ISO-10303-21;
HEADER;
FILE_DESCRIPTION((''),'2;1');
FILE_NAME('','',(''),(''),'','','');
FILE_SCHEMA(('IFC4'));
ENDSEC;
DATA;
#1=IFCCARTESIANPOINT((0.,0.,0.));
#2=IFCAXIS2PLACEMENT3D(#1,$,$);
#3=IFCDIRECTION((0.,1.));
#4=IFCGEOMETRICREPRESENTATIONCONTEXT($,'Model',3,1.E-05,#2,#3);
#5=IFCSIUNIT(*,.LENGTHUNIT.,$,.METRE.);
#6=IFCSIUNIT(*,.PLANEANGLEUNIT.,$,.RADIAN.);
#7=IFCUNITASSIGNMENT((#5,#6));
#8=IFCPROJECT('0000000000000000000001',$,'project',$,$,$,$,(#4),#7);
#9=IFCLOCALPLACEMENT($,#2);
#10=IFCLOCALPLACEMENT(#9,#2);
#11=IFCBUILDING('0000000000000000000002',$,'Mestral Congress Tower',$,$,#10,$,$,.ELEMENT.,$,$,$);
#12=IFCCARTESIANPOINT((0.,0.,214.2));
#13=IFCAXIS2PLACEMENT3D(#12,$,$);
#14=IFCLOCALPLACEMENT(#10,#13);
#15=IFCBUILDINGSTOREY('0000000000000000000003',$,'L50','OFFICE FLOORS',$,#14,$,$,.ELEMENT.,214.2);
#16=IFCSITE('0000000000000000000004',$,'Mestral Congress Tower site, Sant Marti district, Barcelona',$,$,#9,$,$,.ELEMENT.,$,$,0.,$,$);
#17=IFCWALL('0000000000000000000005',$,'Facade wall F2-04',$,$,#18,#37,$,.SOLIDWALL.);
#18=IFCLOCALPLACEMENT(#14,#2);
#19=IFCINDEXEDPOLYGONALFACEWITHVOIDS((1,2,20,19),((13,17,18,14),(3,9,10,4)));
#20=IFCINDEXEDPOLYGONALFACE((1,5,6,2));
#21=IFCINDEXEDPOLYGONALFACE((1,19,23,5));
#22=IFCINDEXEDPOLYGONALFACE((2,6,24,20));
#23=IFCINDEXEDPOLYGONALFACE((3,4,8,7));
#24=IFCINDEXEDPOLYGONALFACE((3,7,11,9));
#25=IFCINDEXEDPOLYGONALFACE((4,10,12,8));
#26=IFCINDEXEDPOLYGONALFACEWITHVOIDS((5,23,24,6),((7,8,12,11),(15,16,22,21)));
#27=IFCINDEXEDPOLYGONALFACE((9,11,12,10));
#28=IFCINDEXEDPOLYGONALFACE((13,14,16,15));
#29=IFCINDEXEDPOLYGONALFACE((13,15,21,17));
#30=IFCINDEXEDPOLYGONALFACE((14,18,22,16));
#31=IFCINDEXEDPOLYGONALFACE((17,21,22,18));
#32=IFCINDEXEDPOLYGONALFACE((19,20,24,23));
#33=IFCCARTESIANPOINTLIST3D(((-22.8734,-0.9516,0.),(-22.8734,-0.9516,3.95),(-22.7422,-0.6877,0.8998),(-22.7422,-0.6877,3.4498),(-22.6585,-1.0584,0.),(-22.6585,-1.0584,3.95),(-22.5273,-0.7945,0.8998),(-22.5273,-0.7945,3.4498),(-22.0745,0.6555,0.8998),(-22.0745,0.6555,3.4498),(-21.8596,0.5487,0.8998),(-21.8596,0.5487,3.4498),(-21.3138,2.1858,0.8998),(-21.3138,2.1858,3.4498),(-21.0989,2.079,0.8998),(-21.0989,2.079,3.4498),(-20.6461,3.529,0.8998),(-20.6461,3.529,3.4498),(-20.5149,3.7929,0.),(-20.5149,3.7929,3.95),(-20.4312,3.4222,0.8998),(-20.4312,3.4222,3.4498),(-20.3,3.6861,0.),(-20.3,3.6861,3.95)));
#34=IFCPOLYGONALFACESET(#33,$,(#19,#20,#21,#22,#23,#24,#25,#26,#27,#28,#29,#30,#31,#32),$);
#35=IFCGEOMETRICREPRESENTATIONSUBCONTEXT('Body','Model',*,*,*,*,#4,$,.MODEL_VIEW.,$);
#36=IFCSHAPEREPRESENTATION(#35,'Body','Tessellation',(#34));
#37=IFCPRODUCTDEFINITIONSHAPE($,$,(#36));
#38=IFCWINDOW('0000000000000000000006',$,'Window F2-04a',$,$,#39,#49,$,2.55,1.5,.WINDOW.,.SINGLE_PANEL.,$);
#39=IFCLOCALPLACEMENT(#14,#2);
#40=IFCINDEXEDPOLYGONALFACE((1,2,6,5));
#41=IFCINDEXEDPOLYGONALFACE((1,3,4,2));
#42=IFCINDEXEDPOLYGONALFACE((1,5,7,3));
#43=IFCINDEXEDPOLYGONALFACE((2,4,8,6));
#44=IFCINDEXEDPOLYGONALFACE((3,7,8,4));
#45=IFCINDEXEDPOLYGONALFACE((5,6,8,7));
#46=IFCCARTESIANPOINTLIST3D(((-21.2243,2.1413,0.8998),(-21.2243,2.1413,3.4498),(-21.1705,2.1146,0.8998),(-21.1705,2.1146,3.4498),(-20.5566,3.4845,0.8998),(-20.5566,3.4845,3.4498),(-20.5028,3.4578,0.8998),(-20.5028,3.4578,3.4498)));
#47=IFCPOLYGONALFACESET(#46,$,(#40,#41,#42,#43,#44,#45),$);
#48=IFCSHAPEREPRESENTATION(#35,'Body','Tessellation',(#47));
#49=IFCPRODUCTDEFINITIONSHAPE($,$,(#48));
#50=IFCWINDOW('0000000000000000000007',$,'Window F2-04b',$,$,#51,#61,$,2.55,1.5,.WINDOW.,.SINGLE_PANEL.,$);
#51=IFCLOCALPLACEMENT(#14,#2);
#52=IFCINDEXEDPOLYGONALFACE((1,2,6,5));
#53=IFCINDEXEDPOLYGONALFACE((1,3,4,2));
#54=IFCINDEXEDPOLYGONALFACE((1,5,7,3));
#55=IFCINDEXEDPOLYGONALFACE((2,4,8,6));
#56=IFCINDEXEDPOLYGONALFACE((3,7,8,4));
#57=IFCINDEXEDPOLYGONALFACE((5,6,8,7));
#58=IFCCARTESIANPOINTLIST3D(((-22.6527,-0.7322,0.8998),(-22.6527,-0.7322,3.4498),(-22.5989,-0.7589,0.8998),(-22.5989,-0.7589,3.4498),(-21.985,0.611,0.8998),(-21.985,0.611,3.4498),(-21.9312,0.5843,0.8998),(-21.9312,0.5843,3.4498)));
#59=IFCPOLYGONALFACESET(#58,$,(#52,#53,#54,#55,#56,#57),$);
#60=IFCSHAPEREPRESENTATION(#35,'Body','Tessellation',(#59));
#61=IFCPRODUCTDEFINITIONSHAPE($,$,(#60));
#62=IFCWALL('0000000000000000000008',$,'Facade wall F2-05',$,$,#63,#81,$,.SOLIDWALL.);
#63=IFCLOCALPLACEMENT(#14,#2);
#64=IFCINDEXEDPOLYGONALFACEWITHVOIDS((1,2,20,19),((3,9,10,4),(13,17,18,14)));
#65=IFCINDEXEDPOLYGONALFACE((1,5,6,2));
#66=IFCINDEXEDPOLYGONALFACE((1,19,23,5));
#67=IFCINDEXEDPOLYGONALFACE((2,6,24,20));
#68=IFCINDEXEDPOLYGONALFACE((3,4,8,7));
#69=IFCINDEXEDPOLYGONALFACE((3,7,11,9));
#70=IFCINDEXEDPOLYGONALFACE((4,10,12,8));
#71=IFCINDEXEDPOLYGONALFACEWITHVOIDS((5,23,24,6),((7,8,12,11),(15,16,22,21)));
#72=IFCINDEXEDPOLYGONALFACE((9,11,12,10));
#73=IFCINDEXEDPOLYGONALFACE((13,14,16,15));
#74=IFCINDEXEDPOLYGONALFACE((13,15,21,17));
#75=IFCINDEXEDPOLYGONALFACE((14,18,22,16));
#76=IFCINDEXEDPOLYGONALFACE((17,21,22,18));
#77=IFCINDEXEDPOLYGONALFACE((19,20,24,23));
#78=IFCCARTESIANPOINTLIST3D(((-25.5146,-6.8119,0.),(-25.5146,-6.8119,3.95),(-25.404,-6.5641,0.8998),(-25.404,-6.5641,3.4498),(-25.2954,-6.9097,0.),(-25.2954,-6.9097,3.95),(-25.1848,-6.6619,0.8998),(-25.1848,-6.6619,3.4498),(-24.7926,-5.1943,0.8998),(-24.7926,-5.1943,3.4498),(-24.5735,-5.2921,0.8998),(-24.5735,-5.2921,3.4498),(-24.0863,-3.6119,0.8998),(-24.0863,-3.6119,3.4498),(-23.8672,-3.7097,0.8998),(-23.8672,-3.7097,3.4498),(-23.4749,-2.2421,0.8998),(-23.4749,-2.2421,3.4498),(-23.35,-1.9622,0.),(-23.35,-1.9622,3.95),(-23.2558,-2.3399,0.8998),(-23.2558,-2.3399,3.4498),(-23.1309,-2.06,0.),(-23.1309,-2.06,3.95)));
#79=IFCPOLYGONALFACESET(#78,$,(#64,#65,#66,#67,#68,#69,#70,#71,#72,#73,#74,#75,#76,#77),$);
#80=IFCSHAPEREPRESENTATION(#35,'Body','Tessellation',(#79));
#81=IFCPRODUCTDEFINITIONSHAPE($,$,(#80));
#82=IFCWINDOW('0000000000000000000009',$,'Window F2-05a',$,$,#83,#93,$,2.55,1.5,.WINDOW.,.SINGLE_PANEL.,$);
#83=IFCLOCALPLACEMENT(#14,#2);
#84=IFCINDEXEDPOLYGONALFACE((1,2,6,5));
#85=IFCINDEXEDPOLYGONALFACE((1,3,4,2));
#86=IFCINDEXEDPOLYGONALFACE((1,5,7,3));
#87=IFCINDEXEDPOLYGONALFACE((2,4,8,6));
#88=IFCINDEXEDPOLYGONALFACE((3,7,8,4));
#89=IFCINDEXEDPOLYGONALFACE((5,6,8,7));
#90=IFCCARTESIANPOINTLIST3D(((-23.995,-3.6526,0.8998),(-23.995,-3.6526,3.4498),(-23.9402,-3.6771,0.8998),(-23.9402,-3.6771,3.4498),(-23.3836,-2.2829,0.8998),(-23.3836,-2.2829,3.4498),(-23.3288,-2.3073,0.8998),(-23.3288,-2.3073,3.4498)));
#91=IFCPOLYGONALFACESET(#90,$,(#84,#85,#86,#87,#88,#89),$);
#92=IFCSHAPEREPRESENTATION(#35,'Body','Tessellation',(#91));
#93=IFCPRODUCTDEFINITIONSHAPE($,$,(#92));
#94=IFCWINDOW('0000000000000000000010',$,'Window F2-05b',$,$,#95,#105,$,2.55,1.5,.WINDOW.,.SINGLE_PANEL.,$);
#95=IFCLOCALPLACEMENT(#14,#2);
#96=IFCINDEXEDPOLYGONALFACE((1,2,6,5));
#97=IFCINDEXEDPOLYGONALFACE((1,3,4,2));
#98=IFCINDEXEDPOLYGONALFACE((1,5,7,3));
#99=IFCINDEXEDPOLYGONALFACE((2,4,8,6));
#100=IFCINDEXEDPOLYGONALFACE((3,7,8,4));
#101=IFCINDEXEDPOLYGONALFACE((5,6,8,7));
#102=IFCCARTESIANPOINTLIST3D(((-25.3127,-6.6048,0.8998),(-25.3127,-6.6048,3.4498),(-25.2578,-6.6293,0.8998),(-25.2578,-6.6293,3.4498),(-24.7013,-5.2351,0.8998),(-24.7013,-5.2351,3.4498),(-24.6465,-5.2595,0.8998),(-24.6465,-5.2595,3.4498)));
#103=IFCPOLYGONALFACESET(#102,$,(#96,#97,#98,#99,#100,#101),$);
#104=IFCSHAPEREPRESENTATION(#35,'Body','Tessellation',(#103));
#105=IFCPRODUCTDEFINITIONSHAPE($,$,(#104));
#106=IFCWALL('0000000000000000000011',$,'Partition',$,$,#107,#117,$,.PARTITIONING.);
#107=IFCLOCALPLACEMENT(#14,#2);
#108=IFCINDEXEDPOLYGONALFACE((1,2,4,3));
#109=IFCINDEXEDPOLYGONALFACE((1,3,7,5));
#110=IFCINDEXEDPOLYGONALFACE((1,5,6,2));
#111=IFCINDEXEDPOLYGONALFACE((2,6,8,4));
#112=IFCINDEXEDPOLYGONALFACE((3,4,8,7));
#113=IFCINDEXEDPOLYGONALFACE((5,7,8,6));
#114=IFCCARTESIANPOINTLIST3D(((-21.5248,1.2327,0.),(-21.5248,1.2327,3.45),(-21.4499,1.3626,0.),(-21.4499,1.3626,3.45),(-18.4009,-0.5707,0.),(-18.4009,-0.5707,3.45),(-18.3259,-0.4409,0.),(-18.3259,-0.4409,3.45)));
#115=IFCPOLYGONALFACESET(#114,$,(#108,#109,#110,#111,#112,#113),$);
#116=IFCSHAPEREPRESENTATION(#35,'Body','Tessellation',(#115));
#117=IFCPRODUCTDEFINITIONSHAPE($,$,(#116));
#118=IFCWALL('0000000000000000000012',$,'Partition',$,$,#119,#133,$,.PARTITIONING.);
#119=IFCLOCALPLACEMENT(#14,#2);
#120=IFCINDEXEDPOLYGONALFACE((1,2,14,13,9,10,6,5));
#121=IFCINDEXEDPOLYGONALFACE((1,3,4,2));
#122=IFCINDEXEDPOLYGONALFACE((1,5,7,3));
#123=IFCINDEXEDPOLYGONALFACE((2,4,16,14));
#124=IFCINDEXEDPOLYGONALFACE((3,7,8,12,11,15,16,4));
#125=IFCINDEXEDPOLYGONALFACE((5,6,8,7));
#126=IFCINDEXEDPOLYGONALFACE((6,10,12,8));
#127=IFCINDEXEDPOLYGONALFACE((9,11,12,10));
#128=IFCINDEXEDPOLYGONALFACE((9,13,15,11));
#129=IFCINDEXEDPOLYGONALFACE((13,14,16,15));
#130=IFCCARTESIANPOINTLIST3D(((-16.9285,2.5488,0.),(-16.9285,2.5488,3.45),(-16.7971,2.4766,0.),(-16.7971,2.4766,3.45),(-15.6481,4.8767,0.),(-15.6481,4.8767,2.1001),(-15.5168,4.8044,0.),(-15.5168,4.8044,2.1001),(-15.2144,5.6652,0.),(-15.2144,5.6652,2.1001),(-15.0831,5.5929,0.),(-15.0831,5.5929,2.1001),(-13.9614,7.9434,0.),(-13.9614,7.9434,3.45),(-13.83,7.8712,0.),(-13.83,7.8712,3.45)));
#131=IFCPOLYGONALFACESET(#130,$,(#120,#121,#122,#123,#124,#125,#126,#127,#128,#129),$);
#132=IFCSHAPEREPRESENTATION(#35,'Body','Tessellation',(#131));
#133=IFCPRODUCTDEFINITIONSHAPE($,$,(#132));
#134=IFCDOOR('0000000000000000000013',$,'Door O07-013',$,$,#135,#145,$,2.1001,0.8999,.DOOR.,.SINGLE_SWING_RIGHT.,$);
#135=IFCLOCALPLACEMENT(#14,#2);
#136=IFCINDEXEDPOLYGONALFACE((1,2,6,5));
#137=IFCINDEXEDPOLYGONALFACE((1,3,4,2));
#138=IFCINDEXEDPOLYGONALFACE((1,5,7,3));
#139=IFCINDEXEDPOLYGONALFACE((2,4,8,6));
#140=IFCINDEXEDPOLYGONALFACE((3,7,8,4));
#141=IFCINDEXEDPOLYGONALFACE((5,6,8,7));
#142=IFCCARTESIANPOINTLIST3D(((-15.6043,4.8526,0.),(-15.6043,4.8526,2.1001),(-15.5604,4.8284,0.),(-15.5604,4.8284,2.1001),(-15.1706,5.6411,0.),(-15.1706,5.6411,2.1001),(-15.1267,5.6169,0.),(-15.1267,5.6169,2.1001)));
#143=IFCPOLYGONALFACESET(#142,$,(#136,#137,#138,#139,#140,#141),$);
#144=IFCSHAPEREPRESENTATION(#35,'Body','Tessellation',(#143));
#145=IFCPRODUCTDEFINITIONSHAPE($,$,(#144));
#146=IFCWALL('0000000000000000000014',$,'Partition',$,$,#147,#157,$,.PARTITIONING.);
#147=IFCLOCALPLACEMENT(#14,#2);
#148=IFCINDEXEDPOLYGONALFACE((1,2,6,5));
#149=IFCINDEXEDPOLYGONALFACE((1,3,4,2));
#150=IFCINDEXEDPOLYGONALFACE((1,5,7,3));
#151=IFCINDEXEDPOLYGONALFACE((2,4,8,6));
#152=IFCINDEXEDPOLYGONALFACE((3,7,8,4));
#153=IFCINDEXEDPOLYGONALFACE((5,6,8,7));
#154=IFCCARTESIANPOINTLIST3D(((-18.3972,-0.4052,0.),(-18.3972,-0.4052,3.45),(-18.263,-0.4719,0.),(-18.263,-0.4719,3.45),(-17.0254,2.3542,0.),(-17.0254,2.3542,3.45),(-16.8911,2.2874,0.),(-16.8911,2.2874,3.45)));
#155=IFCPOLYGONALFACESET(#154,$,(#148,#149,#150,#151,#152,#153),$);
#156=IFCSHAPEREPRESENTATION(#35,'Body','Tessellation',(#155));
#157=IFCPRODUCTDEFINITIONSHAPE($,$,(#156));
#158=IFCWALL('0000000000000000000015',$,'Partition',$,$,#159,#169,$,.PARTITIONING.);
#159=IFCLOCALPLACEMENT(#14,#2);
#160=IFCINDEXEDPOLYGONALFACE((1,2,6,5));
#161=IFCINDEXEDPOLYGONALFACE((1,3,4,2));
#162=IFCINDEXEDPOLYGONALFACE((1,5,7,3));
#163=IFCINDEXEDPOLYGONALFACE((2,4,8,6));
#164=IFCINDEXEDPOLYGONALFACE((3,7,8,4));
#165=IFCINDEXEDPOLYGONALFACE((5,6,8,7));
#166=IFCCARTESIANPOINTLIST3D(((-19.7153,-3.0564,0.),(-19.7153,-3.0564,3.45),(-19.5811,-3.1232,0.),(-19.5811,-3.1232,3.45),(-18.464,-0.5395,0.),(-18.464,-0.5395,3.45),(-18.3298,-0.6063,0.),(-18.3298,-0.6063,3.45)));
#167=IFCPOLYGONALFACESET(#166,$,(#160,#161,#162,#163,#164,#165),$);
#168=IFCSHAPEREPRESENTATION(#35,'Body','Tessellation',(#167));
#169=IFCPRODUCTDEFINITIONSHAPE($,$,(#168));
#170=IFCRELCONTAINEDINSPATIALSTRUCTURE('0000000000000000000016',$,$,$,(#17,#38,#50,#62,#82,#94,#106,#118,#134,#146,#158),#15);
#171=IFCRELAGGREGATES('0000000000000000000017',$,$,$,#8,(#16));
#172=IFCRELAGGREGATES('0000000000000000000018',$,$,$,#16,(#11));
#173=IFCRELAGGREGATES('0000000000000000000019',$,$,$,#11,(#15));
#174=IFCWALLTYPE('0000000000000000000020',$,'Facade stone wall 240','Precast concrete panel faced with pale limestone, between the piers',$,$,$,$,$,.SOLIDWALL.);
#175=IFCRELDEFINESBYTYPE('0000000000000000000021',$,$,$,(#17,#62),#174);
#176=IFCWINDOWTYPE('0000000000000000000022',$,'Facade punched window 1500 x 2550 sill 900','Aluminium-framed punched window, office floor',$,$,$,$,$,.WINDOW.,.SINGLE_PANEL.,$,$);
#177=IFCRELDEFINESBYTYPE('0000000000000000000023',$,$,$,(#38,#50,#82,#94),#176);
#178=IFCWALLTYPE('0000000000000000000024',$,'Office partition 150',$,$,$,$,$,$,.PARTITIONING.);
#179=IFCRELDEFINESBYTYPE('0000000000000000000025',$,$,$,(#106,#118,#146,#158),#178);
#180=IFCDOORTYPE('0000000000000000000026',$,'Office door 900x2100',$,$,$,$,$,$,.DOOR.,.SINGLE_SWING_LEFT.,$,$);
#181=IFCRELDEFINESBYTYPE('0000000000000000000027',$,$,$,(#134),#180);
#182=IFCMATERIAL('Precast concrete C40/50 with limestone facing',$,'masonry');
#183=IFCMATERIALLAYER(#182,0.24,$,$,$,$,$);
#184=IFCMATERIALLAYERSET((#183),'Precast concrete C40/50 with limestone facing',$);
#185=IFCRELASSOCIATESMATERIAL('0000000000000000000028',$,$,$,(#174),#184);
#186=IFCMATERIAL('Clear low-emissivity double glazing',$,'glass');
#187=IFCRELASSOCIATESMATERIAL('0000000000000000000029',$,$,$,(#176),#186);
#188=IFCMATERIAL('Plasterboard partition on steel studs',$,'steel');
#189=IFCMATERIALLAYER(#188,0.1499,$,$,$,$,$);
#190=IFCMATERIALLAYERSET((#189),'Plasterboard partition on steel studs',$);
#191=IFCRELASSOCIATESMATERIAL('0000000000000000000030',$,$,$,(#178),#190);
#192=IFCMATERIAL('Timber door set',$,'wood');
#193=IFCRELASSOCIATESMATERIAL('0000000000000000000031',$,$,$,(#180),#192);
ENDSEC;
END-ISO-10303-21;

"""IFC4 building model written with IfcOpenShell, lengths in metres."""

from ifc_helpers import new_model, si_unit, direction, frame, frame_2d, origin, place, context, subcontext, project, spatial, rectangle, extrude, material, layer, layer_set, type_object, element, fill, save


model = new_model("IFC4")

# Units and contexts
model_context = context("Model", 3, precision=1e-05, world=origin(), true_north=direction((0.0, 1.0)))
body_context = subcontext(model_context, "Body", "Model", "MODEL_VIEW")
ifc_project = project(units=[si_unit("LENGTHUNIT", "METRE"), si_unit("PLANEANGLEUNIT", "RADIAN")], contexts=[model_context])

# Site, building, storey
site_placement = place(None, origin())
site = spatial("IfcSite", under=ifc_project, at=site_placement, Name="Mestral Congress Tower site, Sant Marti district, Barcelona", CompositionType="ELEMENT", RefElevation=0.0)
building_placement = place(site_placement, origin())
building = spatial("IfcBuilding", under=site, at=building_placement, Name="Mestral Congress Tower", CompositionType="ELEMENT")
storey_placement = place(building_placement, frame((0.0, 0.0, 214.2)))
storey = spatial("IfcBuildingStorey", under=building, at=storey_placement, Name="L50", Description="OFFICE FLOORS", CompositionType="ELEMENT", Elevation=214.2)

# Walls, openings, windows
ifc_material_1 = material(Name="Precast concrete C40/50 with limestone facing", Category="masonry")
ifc_layer_1 = layer(ifc_material_1, 0.24)
ifc_layer_set_1 = layer_set([ifc_layer_1], Name="Precast concrete C40/50 with limestone facing")
wall_type_1 = type_object("IfcWallType", Name="Facade stone wall 240", Description="Precast concrete panel faced with pale limestone, between the piers", PredefinedType="SOLIDWALL", material=ifc_layer_set_1)
ifc_material_2 = material(Name="Clear low-emissivity double glazing", Category="glass")
window_type = type_object("IfcWindowType", Name="Facade punched window 1500 x 2550 sill 900", Description="Aluminium-framed punched window, office floor", PartitioningType="SINGLE_PANEL", PredefinedType="WINDOW", material=ifc_material_2)
wall_1_placement = place(storey_placement, frame((-20.4075, 3.7395, 0.0), z_axis=(0.0, 0.0, 1.0), x_axis=(-0.44513, -0.895466, 0.0)))
wall_1 = element("IfcWall", 1, at=wall_1_placement, inside=storey, type_object=wall_type_1, Name="Facade wall F2-04", PredefinedType="SOLIDWALL", context=body_context, shape_type="SweptSolid", body=[
    extrude(rectangle(XDim=5.2983, YDim=0.24, at=frame_2d((2.6492, 0.0))), origin(), (0.0, 0.0, 1.0), 3.95),
])
opening_1_placement = place(wall_1_placement, frame((0.2947, 0.0, 0.8999)))
opening_1 = element("IfcOpeningElement", 2, at=opening_1_placement, cuts=wall_1, PredefinedType="OPENING", context=body_context, shape_type="SweptSolid", body=[
    extrude(rectangle(XDim=1.5, YDim=2.55, at=frame_2d((0.75, 1.2749))), frame((0.0, 0.1299, 0.0), z_axis=(0.0, -1.0, 0.0), x_axis=(1.0, 0.0, 0.0)), (0.0, 0.0, 1.0), 0.26),
])
opening_2_placement = place(wall_1_placement, frame((3.5037, 0.0, 0.8999)))
opening_2 = element("IfcOpeningElement", 3, at=opening_2_placement, cuts=wall_1, PredefinedType="OPENING", context=body_context, shape_type="SweptSolid", body=[
    extrude(rectangle(XDim=1.5, YDim=2.55, at=frame_2d((0.75, 1.2749))), frame((0.0, 0.1299, 0.0), z_axis=(0.0, -1.0, 0.0), x_axis=(1.0, 0.0, 0.0)), (0.0, 0.0, 1.0), 0.26),
])
window_1_placement = place(opening_1_placement, origin())
window_1 = element("IfcWindow", 4, at=window_1_placement, inside=storey, type_object=window_type, Name="Window F2-04a", OverallHeight=2.55, OverallWidth=1.5, PartitioningType="SINGLE_PANEL", PredefinedType="WINDOW", context=body_context, shape_type="SweptSolid", body=[
    extrude(rectangle(XDim=1.5, YDim=2.55, at=frame_2d((0.75, 1.2749))), frame((0.0, 0.04, 0.0), z_axis=(0.0, -1.0, 0.0), x_axis=(1.0, 0.0, 0.0)), (0.0, 0.0, 1.0), 0.0601),
])
fill(opening_1, window_1)
window_2_placement = place(opening_2_placement, origin())
window_2 = element("IfcWindow", 5, at=window_2_placement, inside=storey, type_object=window_type, Name="Window F2-04b", OverallHeight=2.55, OverallWidth=1.5, PartitioningType="SINGLE_PANEL", PredefinedType="WINDOW", context=body_context, shape_type="SweptSolid", body=[
    extrude(rectangle(XDim=1.5, YDim=2.55, at=frame_2d((0.75, 1.2749))), frame((0.0, 0.04, 0.0), z_axis=(0.0, -1.0, 0.0), x_axis=(1.0, 0.0, 0.0)), (0.0, 0.0, 1.0), 0.0601),
])
fill(opening_2, window_2)
wall_2_placement = place(storey_placement, frame((-23.2405, -2.0112, 0.0), z_axis=(0.0, 0.0, 1.0), x_axis=(-0.40758, -0.91317, 0.0)))
wall_2 = element("IfcWall", 6, at=wall_2_placement, inside=storey, type_object=wall_type_1, Name="Facade wall F2-05", PredefinedType="SOLIDWALL", context=body_context, shape_type="SweptSolid", body=[
    extrude(rectangle(XDim=5.3108, YDim=0.24, at=frame_2d((2.6553, 0.0))), origin(), (0.0, 0.0, 1.0), 3.95),
])
opening_3_placement = place(wall_2_placement, frame((0.3064, 0.0, 0.8999)))
opening_3 = element("IfcOpeningElement", 7, at=opening_3_placement, cuts=wall_2, PredefinedType="OPENING", context=body_context, shape_type="SweptSolid", body=[
    extrude(rectangle(XDim=1.5, YDim=2.55, at=frame_2d((0.75, 1.2749))), frame((0.0, 0.1299, 0.0), z_axis=(0.0, -1.0, 0.0), x_axis=(1.0, 0.0, 0.0)), (0.0, 0.0, 1.0), 0.26),
])
opening_4_placement = place(wall_2_placement, frame((3.5393, 0.0, 0.8999)))
opening_4 = element("IfcOpeningElement", 8, at=opening_4_placement, cuts=wall_2, PredefinedType="OPENING", context=body_context, shape_type="SweptSolid", body=[
    extrude(rectangle(XDim=1.5, YDim=2.55, at=frame_2d((0.75, 1.2749))), frame((0.0, 0.1299, 0.0), z_axis=(0.0, -1.0, 0.0), x_axis=(1.0, 0.0, 0.0)), (0.0, 0.0, 1.0), 0.26),
])
window_3_placement = place(opening_3_placement, origin())
window_3 = element("IfcWindow", 9, at=window_3_placement, inside=storey, type_object=window_type, Name="Window F2-05a", OverallHeight=2.55, OverallWidth=1.5, PartitioningType="SINGLE_PANEL", PredefinedType="WINDOW", context=body_context, shape_type="SweptSolid", body=[
    extrude(rectangle(XDim=1.5, YDim=2.55, at=frame_2d((0.75, 1.2749))), frame((0.0, 0.04, 0.0), z_axis=(0.0, -1.0, 0.0), x_axis=(1.0, 0.0, 0.0)), (0.0, 0.0, 1.0), 0.0601),
])
fill(opening_3, window_3)
window_4_placement = place(opening_4_placement, origin())
window_4 = element("IfcWindow", 10, at=window_4_placement, inside=storey, type_object=window_type, Name="Window F2-05b", OverallHeight=2.55, OverallWidth=1.5, PartitioningType="SINGLE_PANEL", PredefinedType="WINDOW", context=body_context, shape_type="SweptSolid", body=[
    extrude(rectangle(XDim=1.5, YDim=2.55, at=frame_2d((0.75, 1.2749))), frame((0.0, 0.04, 0.0), z_axis=(0.0, -1.0, 0.0), x_axis=(1.0, 0.0, 0.0)), (0.0, 0.0, 1.0), 0.0601),
])
fill(opening_4, window_4)

# Wall
ifc_material_3 = material(Name="Plasterboard partition on steel studs", Category="steel")
ifc_layer_2 = layer(ifc_material_3, 0.1499)
ifc_layer_set_2 = layer_set([ifc_layer_2], Name="Plasterboard partition on steel studs")
wall_type_2 = type_object("IfcWallType", Name="Office partition 150", PredefinedType="PARTITIONING", material=ifc_layer_set_2)
wall_3_placement = place(storey_placement, frame((-18.3633, -0.5059, 0.0), z_axis=(0.0, 0.0, 1.0), x_axis=(-0.866048, 0.499961, 0.0)))
element("IfcWall", 11, at=wall_3_placement, inside=storey, type_object=wall_type_2, Name="Partition", PredefinedType="PARTITIONING", context=body_context, shape_type="SweptSolid", body=[
    extrude(rectangle(XDim=3.6072, YDim=0.1499, at=frame_2d((1.8037, 0.0))), origin(), (0.0, 0.0, 1.0), 3.45),
])

# Wall, opening, door
wall_4_placement = place(storey_placement, frame((-16.8628, 2.5127, 0.0), z_axis=(0.0, 0.0, 1.0), x_axis=(0.481925, 0.876213, 0.0)))
wall_4 = element("IfcWall", 12, at=wall_4_placement, inside=storey, type_object=wall_type_2, Name="Partition", PredefinedType="PARTITIONING", context=body_context, shape_type="SweptSolid", body=[
    extrude(rectangle(XDim=6.1567, YDim=0.1499, at=frame_2d((3.0784, 0.0))), origin(), (0.0, 0.0, 1.0), 3.45),
])
opening_5_placement = place(wall_4_placement, frame((2.6567, 0.0, 0.0)))
opening_5 = element("IfcOpeningElement", 13, at=opening_5_placement, cuts=wall_4, PredefinedType="OPENING", context=body_context, shape_type="SweptSolid", body=[
    extrude(rectangle(XDim=0.8999, YDim=2.1001, at=frame_2d((0.45, 1.05))), frame((0.0, 0.085, 0.0), z_axis=(0.0, -1.0, 0.0), x_axis=(1.0, 0.0, 0.0)), (0.0, 0.0, 1.0), 0.1699),
])
ifc_material_4 = material(Name="Timber door set", Category="wood")
door_type_1 = type_object("IfcDoorType", Name="Office door 900x2100", OperationType="SINGLE_SWING_LEFT", PredefinedType="DOOR", material=ifc_material_4)
door_1_placement = place(opening_5_placement, origin())
door_1 = element("IfcDoor", 14, at=door_1_placement, inside=storey, type_object=door_type_1, Name="Door O07-013", OperationType="SINGLE_SWING_RIGHT", OverallHeight=2.1001, OverallWidth=0.8999, PredefinedType="DOOR", context=body_context, shape_type="SweptSolid", body=[
    extrude(rectangle(XDim=0.8999, YDim=2.1001, at=frame_2d((0.45, 1.05))), frame((0.0, 0.0249, 0.0), z_axis=(0.0, -1.0, 0.0), x_axis=(1.0, 0.0, 0.0)), (0.0, 0.0, 1.0), 0.05),
])
fill(opening_5, door_1)

# Walls
wall_5_placement = place(storey_placement, frame((-16.9583, 2.3208, 0.0), z_axis=(0.0, 0.0, 1.0), x_axis=(-0.445184, -0.895439, 0.0)))
element("IfcWall", 15, at=wall_5_placement, inside=storey, type_object=wall_type_2, Name="Partition", PredefinedType="PARTITIONING", context=body_context, shape_type="SweptSolid", body=[
    extrude(rectangle(XDim=3.0815, YDim=0.1499, at=frame_2d((1.5408, 0.0))), origin(), (0.0, 0.0, 1.0), 3.45),
])
wall_6_placement = place(storey_placement, frame((-18.397, -0.573, 0.0), z_axis=(0.0, 0.0, 1.0), x_axis=(-0.445163, -0.89545, 0.0)))
element("IfcWall", 16, at=wall_6_placement, inside=storey, type_object=wall_type_2, Name="Partition", PredefinedType="PARTITIONING", context=body_context, shape_type="SweptSolid", body=[
    extrude(rectangle(XDim=2.8108, YDim=0.1499, at=frame_2d((1.4053, 0.0))), origin(), (0.0, 0.0, 1.0), 3.45),
])

save(model, "model.ifc")
